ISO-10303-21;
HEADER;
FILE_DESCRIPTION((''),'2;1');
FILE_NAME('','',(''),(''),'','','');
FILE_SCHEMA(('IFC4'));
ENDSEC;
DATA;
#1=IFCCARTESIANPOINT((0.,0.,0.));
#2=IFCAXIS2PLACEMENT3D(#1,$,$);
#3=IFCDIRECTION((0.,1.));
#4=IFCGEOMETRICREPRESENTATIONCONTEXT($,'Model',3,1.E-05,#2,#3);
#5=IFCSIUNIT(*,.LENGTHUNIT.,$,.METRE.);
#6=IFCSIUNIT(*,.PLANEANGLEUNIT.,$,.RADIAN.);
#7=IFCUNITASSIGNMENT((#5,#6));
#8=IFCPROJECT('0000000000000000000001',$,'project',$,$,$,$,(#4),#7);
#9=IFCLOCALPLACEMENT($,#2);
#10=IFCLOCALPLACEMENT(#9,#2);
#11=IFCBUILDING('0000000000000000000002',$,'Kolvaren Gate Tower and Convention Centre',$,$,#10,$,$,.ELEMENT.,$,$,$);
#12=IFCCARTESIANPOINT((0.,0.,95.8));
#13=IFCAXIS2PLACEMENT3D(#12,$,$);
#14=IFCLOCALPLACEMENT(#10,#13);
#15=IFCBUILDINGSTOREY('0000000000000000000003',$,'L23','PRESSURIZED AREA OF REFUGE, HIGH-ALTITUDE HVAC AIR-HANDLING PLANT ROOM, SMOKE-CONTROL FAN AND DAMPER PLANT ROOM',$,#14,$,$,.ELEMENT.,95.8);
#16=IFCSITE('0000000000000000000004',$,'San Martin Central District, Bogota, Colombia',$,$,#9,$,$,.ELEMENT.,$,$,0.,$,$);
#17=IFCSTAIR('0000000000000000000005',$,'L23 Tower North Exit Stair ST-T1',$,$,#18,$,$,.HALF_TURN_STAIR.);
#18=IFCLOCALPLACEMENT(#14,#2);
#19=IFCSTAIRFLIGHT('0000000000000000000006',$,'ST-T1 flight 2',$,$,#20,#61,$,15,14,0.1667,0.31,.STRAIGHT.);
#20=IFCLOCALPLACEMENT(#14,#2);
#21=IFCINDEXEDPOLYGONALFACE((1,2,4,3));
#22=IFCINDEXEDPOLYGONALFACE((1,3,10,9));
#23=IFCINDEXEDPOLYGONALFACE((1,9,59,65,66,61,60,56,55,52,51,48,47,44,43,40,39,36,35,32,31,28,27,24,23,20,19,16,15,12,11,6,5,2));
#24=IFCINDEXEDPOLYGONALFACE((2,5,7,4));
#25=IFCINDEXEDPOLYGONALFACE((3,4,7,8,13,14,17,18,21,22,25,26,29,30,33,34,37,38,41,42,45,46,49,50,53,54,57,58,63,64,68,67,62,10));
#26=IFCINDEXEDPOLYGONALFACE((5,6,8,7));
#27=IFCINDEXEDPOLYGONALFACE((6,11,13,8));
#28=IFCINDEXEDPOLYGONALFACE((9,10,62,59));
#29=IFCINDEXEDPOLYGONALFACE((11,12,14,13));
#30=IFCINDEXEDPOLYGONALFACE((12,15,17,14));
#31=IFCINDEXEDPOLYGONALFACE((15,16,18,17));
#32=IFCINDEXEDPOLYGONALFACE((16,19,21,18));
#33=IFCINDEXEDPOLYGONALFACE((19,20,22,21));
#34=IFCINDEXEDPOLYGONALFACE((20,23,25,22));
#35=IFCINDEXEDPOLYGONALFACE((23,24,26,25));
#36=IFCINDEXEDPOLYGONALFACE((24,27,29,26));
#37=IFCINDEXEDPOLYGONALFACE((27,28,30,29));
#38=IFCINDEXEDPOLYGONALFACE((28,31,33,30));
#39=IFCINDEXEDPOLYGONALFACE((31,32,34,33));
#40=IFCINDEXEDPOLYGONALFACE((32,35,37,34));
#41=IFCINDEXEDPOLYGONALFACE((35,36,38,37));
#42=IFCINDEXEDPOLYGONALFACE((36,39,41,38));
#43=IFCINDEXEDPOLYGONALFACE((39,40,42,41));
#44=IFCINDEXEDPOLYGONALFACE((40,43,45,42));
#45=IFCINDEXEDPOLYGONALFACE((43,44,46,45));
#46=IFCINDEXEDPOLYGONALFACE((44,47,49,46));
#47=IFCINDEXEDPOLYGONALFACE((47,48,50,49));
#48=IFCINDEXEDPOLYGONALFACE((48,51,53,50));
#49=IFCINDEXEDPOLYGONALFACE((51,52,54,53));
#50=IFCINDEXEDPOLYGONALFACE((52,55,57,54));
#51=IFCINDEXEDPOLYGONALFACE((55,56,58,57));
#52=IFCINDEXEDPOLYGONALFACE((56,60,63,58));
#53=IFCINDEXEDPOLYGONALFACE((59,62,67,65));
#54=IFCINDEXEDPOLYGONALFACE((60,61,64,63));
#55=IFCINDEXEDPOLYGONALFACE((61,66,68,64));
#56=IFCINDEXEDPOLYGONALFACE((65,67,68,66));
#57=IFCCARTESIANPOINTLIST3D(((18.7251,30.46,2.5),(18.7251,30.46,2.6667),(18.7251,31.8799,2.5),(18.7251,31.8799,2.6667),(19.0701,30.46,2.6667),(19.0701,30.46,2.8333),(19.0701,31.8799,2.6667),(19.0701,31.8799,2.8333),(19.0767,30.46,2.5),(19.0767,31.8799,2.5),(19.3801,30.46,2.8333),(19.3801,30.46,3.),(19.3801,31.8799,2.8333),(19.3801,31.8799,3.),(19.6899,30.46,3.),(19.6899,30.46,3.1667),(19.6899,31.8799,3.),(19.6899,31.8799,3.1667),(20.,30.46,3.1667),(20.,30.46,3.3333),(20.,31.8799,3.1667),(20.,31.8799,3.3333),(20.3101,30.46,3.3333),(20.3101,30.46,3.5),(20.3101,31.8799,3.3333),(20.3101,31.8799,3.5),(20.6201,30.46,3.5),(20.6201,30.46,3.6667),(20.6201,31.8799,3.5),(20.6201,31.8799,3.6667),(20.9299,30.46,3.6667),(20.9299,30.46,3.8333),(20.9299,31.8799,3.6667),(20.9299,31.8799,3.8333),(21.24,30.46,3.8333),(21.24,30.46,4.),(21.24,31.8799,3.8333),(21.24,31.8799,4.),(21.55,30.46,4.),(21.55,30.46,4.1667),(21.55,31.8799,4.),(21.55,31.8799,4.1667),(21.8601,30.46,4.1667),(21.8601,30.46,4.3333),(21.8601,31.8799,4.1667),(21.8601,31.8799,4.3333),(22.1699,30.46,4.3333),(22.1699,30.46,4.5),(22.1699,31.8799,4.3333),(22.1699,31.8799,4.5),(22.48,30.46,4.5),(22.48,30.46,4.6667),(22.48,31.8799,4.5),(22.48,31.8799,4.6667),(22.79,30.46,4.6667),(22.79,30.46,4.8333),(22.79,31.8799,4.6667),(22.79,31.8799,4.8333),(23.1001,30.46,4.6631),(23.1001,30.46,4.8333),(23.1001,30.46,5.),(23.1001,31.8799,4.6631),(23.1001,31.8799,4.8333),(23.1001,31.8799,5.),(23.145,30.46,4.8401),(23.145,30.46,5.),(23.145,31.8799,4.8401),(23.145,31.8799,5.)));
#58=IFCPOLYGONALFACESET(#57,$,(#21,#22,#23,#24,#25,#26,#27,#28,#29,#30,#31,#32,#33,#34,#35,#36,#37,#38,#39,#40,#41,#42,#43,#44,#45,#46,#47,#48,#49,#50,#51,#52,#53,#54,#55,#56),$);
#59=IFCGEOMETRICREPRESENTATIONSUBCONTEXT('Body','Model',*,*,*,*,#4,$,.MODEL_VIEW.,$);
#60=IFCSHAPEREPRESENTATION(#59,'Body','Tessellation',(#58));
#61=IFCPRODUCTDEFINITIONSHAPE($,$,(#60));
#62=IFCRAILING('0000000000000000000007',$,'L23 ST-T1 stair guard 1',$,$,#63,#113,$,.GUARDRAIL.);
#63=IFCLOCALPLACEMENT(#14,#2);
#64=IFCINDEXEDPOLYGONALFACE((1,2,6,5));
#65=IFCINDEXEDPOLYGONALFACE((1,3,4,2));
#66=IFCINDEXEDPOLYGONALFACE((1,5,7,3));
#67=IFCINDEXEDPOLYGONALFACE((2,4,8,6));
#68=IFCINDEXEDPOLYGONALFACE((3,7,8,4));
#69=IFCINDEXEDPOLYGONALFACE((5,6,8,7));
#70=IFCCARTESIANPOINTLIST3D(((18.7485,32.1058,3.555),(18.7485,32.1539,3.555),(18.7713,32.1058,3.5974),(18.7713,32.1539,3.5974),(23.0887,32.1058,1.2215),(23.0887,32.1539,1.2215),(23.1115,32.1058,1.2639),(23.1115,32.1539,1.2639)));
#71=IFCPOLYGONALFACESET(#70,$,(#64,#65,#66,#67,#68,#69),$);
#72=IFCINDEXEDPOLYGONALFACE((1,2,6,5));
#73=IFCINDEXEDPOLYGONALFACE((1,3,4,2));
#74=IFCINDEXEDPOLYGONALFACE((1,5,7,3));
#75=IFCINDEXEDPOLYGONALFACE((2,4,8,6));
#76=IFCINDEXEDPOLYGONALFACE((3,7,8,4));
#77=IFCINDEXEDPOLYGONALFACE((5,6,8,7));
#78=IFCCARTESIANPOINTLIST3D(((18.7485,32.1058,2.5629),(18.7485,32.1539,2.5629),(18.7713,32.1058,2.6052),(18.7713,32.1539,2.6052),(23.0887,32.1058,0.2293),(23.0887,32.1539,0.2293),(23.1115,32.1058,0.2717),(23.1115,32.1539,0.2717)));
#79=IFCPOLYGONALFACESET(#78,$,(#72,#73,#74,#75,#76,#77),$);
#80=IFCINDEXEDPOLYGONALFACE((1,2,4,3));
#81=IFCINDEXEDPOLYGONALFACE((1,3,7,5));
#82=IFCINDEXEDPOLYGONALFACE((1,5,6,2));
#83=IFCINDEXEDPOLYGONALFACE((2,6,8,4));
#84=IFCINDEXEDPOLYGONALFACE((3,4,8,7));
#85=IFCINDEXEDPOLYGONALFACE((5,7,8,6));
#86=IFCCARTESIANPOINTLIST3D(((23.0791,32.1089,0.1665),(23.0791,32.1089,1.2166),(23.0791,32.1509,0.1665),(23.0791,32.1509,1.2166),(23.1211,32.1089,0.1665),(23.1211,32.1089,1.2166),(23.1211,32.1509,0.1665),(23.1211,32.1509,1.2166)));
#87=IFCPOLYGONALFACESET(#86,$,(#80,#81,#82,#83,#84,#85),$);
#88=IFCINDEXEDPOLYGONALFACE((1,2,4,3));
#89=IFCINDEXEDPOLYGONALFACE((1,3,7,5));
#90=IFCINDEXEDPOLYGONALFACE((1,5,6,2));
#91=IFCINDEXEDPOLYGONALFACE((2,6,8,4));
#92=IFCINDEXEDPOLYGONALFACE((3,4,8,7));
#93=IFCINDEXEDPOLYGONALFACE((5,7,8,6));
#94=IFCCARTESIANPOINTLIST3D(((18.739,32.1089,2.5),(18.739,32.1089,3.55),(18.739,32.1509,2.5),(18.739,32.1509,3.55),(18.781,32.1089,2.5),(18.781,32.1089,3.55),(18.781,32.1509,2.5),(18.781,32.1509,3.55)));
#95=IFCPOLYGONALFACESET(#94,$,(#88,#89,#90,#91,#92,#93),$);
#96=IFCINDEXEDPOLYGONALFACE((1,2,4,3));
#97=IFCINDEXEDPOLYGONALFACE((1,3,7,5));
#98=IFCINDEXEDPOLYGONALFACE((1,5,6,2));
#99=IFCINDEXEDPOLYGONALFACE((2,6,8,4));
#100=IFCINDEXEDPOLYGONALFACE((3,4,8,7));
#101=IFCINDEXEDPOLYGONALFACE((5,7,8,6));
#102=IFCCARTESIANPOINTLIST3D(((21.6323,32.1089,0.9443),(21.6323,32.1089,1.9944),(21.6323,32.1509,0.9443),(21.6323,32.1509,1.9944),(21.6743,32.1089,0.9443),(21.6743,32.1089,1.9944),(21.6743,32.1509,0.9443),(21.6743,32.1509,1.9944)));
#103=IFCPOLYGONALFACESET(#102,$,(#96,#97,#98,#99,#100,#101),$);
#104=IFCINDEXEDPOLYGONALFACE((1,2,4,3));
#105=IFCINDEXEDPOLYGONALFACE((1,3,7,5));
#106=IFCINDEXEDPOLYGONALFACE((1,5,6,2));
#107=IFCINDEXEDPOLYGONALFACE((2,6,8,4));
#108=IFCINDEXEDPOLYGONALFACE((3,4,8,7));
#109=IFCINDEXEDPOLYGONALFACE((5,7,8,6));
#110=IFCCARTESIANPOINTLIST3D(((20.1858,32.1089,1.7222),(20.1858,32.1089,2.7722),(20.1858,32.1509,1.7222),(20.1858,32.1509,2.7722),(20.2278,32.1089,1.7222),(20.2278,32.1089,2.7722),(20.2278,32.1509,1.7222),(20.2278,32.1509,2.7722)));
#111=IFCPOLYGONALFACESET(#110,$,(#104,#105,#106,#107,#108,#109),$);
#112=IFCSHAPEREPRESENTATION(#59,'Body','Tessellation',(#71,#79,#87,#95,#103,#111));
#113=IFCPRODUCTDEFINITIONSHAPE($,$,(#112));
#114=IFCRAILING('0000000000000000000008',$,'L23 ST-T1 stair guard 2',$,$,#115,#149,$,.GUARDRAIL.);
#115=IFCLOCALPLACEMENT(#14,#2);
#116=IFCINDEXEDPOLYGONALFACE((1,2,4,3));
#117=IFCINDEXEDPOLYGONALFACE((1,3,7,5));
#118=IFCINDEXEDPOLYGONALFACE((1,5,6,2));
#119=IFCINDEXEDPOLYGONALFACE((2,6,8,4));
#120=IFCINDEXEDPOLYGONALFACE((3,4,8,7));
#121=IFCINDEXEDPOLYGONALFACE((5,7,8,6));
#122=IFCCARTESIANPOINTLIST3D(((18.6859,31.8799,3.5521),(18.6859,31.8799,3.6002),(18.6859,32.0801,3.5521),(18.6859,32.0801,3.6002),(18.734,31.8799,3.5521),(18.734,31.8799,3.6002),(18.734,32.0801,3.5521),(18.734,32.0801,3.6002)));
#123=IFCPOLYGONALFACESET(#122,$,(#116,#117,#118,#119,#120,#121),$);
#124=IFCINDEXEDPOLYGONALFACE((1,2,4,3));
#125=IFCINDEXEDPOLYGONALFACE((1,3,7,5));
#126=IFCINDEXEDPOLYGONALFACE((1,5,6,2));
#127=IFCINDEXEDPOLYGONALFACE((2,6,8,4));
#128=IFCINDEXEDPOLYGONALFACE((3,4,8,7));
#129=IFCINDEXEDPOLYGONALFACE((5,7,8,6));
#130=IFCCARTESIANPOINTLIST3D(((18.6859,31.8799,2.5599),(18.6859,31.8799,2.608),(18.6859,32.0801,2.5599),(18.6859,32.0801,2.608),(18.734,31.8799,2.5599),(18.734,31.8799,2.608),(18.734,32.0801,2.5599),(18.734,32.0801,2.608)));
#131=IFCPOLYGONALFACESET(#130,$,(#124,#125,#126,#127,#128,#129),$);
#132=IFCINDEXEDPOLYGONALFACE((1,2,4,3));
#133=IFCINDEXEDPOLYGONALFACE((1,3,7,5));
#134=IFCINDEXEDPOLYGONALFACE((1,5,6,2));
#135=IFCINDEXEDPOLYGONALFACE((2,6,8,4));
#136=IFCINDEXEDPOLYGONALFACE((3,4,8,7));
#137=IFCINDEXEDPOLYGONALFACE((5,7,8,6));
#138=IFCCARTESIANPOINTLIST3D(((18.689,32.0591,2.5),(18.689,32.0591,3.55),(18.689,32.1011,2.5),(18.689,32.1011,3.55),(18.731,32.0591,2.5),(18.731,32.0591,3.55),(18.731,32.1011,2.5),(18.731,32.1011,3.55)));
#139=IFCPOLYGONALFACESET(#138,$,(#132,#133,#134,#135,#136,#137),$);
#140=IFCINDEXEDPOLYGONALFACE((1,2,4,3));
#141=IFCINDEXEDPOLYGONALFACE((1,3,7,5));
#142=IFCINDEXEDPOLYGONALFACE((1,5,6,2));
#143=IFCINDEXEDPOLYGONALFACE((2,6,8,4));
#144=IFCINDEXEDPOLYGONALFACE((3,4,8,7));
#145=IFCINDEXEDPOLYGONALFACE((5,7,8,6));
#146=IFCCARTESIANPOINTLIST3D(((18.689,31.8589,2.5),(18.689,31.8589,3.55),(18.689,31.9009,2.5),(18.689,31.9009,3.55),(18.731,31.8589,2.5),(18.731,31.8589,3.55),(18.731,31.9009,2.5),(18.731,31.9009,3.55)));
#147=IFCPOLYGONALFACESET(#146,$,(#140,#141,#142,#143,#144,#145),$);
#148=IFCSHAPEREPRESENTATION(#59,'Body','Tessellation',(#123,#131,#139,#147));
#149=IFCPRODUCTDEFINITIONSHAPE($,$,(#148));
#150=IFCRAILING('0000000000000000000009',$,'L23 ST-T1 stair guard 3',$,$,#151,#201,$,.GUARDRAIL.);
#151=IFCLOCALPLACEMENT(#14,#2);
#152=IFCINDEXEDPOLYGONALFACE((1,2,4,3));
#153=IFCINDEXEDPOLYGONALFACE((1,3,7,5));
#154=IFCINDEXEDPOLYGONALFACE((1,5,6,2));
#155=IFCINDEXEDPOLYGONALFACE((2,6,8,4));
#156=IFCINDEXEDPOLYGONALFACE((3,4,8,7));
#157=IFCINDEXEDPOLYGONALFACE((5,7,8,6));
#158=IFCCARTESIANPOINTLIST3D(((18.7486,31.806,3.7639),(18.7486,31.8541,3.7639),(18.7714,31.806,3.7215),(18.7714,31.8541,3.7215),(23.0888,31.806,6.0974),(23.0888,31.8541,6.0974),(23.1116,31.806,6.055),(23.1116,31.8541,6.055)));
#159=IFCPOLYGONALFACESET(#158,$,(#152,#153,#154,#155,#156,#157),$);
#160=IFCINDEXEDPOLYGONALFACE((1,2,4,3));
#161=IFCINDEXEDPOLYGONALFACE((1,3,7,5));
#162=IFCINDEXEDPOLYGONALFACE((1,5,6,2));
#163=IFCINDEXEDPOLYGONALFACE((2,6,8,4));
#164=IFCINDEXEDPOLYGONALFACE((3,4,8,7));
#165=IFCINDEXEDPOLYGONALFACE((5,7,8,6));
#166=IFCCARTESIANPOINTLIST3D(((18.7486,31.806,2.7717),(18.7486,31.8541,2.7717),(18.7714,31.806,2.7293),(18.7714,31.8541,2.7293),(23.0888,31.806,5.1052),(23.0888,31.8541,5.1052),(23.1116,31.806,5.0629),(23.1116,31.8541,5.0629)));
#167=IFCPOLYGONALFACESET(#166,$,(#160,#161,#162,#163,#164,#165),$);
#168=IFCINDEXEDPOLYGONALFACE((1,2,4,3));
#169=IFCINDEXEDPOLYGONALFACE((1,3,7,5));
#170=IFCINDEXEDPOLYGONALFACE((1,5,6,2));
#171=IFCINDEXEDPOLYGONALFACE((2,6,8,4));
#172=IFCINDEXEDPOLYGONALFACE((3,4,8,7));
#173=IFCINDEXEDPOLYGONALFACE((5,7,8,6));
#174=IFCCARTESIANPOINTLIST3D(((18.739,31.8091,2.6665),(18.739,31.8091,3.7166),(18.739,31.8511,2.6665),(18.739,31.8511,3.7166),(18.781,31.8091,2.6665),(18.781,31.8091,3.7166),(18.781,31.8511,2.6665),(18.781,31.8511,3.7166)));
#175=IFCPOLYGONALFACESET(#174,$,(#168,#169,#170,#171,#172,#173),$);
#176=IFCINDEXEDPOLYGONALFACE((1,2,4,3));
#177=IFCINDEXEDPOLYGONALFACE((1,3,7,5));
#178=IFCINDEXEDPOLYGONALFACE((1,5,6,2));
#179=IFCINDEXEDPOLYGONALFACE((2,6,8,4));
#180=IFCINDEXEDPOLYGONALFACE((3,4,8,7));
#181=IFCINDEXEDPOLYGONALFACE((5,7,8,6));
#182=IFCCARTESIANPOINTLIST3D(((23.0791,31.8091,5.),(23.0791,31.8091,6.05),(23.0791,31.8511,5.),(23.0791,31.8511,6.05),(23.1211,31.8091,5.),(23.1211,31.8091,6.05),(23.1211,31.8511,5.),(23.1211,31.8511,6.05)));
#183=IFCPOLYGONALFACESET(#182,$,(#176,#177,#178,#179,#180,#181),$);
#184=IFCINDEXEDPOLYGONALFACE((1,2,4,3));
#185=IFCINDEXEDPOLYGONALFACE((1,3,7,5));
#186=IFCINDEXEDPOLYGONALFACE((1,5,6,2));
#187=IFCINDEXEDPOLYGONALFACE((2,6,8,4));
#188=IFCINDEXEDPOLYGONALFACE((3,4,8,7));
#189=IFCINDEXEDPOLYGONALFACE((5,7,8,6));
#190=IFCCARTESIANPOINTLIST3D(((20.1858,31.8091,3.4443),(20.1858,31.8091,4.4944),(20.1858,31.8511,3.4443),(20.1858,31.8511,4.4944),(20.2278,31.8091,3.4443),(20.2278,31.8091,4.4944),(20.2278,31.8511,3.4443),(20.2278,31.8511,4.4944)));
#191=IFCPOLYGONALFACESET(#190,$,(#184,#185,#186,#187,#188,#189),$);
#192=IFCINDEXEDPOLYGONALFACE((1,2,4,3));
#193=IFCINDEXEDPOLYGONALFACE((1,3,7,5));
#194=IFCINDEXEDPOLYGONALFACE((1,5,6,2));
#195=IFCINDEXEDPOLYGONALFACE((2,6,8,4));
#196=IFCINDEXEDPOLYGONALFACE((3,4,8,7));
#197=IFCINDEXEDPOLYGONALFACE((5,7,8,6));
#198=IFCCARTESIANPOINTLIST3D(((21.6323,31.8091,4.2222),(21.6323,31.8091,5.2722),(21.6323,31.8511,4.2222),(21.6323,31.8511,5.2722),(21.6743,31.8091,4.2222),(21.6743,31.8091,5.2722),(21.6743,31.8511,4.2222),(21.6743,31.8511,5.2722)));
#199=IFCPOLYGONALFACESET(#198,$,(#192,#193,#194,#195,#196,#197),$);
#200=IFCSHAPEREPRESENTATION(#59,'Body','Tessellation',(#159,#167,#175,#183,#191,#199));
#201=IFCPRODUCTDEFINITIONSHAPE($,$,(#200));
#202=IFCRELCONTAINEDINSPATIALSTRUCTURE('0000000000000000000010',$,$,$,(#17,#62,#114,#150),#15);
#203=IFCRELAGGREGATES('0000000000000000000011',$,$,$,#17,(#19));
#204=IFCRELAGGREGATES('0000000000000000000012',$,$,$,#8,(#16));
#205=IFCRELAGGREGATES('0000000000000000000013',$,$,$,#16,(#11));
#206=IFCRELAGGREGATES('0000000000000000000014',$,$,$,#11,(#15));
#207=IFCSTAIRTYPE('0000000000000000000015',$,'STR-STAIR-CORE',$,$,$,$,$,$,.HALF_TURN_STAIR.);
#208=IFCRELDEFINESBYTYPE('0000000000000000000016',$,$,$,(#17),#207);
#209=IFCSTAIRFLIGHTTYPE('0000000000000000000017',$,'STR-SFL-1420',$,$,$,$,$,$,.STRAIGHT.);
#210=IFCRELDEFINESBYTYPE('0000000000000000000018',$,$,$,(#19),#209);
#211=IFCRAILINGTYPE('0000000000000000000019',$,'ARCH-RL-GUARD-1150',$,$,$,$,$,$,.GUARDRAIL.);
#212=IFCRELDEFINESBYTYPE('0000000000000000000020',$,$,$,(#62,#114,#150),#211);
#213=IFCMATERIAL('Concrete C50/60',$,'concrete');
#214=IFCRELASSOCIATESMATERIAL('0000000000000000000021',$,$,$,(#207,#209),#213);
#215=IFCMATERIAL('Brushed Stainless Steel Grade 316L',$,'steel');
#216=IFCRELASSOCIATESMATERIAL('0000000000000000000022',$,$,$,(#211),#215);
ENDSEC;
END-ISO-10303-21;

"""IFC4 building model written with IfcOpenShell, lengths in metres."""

from ifc_helpers import new_model, si_unit, direction, frame, origin, origin_2d, place, context, subcontext, project, spatial, polyline, rectangle, outline, extrude, material, type_object, element, aggregate, save


model = new_model("IFC4")

# Units and contexts
model_context = context("Model", 3, precision=1e-05, world=origin(), true_north=direction((0.0, 1.0)))
body_context = subcontext(model_context, "Body", "Model", "MODEL_VIEW")
ifc_project = project(units=[si_unit("LENGTHUNIT", "METRE"), si_unit("PLANEANGLEUNIT", "RADIAN")], contexts=[model_context])

# Site, building, storey
site_placement = place(None, origin())
site = spatial("IfcSite", under=ifc_project, at=site_placement, Name="San Martin Central District, Bogota, Colombia", CompositionType="ELEMENT", RefElevation=0.0)
building_placement = place(site_placement, origin())
building = spatial("IfcBuilding", under=site, at=building_placement, Name="Kolvaren Gate Tower and Convention Centre", CompositionType="ELEMENT")
storey_placement = place(building_placement, frame((0.0, 0.0, 95.8)))
storey = spatial("IfcBuildingStorey", under=building, at=storey_placement, Name="L23", Description="PRESSURIZED AREA OF REFUGE, HIGH-ALTITUDE HVAC AIR-HANDLING PLANT ROOM, SMOKE-CONTROL FAN AND DAMPER PLANT ROOM", CompositionType="ELEMENT", Elevation=95.8)

# Shared definitions
ifc_material_1 = material(Name="Brushed Stainless Steel Grade 316L", Category="steel")

# Shared definitions
ifc_material_2 = material(Name="Concrete C50/60", Category="concrete")

# Stair, stair flight
stair_type = type_object("IfcStairType", Name="STR-STAIR-CORE", PredefinedType="HALF_TURN_STAIR", material=ifc_material_2)
stair_placement = place(storey_placement, origin())
stair = element("IfcStair", 1, at=stair_placement, inside=storey, type_object=stair_type, Name="L23 Tower North Exit Stair ST-T1", PredefinedType="HALF_TURN_STAIR")
stair_flight_type = type_object("IfcStairFlightType", Name="STR-SFL-1420", PredefinedType="STRAIGHT", material=ifc_material_2)
stair_flight_1_placement = place(storey_placement, frame((18.76, 31.1699, 2.5), z_axis=(0.0, 0.0, 1.0), x_axis=(1.0, 0.0, 0.0)))
stair_flight_1 = element("IfcStairFlight", 2, at=stair_flight_1_placement, type_object=stair_flight_type, Name="ST-T1 flight 2", NumberOfRisers=15, NumberOfTreads=14, PredefinedType="STRAIGHT", RiserHeight=0.1667, TreadLength=0.31, context=body_context, shape_type="SweptSolid", body=[
    extrude(outline(polyline([(-0.0349, 0.0), (-0.0349, 0.1667), (0.3101, 0.1667), (0.3101, 0.3333), (0.6201, 0.3333), (0.6201, 0.5), (0.9299, 0.5), (0.9299, 0.6667), (1.24, 0.6667), (1.24, 0.8333), (1.55, 0.8333), (1.55, 1.0), (1.8601, 1.0), (1.8601, 1.1667), (2.1699, 1.1667), (2.1699, 1.3333), (2.48, 1.3333), (2.48, 1.5), (2.79, 1.5), (2.79, 1.6667), (3.1001, 1.6667), (3.1001, 1.8333), (3.4099, 1.8333), (3.4099, 2.0), (3.72, 2.0), (3.72, 2.1667), (4.03, 2.1667), (4.03, 2.3333), (4.3401, 2.3333), (4.3401, 2.5), (4.385, 2.5), (4.385, 2.3401), (4.3401, 2.1631), (0.3167, 0.0), (-0.0349, 0.0)])), frame((0.0, 0.71, 0.0), z_axis=(0.0, -1.0, 0.0), x_axis=(1.0, 0.0, 0.0)), (0.0, 0.0, 1.0), 1.4199),
])
aggregate(stair, [stair_flight_1])

# Railings
railing_type_1 = type_object("IfcRailingType", Name="ARCH-RL-GUARD-1150", PredefinedType="GUARDRAIL", material=ifc_material_1)
railing_1_placement = place(storey_placement, frame((23.1001, 32.1299, 0.1665)))
element("IfcRailing", 3, at=railing_1_placement, inside=storey, type_object=railing_type_1, Name="L23 ST-T1 stair guard 1", PredefinedType="GUARDRAIL", context=body_context, shape_type="SweptSolid", body=[
    extrude(rectangle(XDim=0.0481, YDim=0.0481, at=origin_2d()), frame((0.0, 0.0, 1.0762), z_axis=(-0.880765, 0.0, 0.473553), x_axis=(0.0, -1.0, 0.0)), (0.0, 0.0, 1.0), 4.9277),
    extrude(rectangle(XDim=0.0481, YDim=0.0481, at=origin_2d()), frame((0.0, 0.0, 0.084), z_axis=(-0.880765, 0.0, 0.473553), x_axis=(0.0, -1.0, 0.0)), (0.0, 0.0, 1.0), 4.9277),
    extrude(rectangle(XDim=0.042, YDim=0.042, at=origin_2d()), origin(), (0.0, 0.0, 1.0), 1.05),
    extrude(rectangle(XDim=0.042, YDim=0.042, at=origin_2d()), frame((-4.3401, 0.0, 2.3335)), (0.0, 0.0, 1.0), 1.05),
    extrude(rectangle(XDim=0.042, YDim=0.042, at=origin_2d()), frame((-1.4468, 0.0, 0.7778)), (0.0, 0.0, 1.0), 1.05),
    extrude(rectangle(XDim=0.042, YDim=0.042, at=origin_2d()), frame((-2.8933, 0.0, 1.5557)), (0.0, 0.0, 1.0), 1.05),
])
railing_2_placement = place(storey_placement, frame((18.71, 32.0801, 2.5)))
element("IfcRailing", 4, at=railing_2_placement, inside=storey, type_object=railing_type_1, Name="L23 ST-T1 stair guard 2", PredefinedType="GUARDRAIL", context=body_context, shape_type="SweptSolid", body=[
    extrude(rectangle(XDim=0.0481, YDim=0.0481, at=origin_2d()), frame((0.0, 0.0, 1.0762), z_axis=(0.0, -1.0, 0.0), x_axis=(1.0, 0.0, 0.0)), (0.0, 0.0, 1.0), 0.2002),
    extrude(rectangle(XDim=0.0481, YDim=0.0481, at=origin_2d()), frame((0.0, 0.0, 0.084), z_axis=(0.0, -1.0, 0.0), x_axis=(1.0, 0.0, 0.0)), (0.0, 0.0, 1.0), 0.2002),
    extrude(rectangle(XDim=0.042, YDim=0.042, at=origin_2d()), origin(), (0.0, 0.0, 1.0), 1.05),
    extrude(rectangle(XDim=0.042, YDim=0.042, at=origin_2d()), frame((0.0, -0.2002, 0.0)), (0.0, 0.0, 1.0), 1.05),
])
railing_3_placement = place(storey_placement, frame((18.76, 31.8301, 2.6665)))
element("IfcRailing", 5, at=railing_3_placement, inside=storey, type_object=railing_type_1, Name="L23 ST-T1 stair guard 3", PredefinedType="GUARDRAIL", context=body_context, shape_type="SweptSolid", body=[
    extrude(rectangle(XDim=0.0481, YDim=0.0481, at=origin_2d()), frame((0.0, 0.0, 1.0762), z_axis=(0.880765, 0.0, 0.473553), x_axis=(0.0, 1.0, 0.0)), (0.0, 0.0, 1.0), 4.9277),
    extrude(rectangle(XDim=0.0481, YDim=0.0481, at=origin_2d()), frame((0.0, 0.0, 0.084), z_axis=(0.880765, 0.0, 0.473553), x_axis=(0.0, 1.0, 0.0)), (0.0, 0.0, 1.0), 4.9277),
    extrude(rectangle(XDim=0.042, YDim=0.042, at=origin_2d()), origin(), (0.0, 0.0, 1.0), 1.05),
    extrude(rectangle(XDim=0.042, YDim=0.042, at=origin_2d()), frame((4.3401, 0.0, 2.3335)), (0.0, 0.0, 1.0), 1.05),
    extrude(rectangle(XDim=0.042, YDim=0.042, at=origin_2d()), frame((1.4468, 0.0, 0.7778)), (0.0, 0.0, 1.0), 1.05),
    extrude(rectangle(XDim=0.042, YDim=0.042, at=origin_2d()), frame((2.8933, 0.0, 1.5557)), (0.0, 0.0, 1.0), 1.05),
])

save(model, "model.ifc")
